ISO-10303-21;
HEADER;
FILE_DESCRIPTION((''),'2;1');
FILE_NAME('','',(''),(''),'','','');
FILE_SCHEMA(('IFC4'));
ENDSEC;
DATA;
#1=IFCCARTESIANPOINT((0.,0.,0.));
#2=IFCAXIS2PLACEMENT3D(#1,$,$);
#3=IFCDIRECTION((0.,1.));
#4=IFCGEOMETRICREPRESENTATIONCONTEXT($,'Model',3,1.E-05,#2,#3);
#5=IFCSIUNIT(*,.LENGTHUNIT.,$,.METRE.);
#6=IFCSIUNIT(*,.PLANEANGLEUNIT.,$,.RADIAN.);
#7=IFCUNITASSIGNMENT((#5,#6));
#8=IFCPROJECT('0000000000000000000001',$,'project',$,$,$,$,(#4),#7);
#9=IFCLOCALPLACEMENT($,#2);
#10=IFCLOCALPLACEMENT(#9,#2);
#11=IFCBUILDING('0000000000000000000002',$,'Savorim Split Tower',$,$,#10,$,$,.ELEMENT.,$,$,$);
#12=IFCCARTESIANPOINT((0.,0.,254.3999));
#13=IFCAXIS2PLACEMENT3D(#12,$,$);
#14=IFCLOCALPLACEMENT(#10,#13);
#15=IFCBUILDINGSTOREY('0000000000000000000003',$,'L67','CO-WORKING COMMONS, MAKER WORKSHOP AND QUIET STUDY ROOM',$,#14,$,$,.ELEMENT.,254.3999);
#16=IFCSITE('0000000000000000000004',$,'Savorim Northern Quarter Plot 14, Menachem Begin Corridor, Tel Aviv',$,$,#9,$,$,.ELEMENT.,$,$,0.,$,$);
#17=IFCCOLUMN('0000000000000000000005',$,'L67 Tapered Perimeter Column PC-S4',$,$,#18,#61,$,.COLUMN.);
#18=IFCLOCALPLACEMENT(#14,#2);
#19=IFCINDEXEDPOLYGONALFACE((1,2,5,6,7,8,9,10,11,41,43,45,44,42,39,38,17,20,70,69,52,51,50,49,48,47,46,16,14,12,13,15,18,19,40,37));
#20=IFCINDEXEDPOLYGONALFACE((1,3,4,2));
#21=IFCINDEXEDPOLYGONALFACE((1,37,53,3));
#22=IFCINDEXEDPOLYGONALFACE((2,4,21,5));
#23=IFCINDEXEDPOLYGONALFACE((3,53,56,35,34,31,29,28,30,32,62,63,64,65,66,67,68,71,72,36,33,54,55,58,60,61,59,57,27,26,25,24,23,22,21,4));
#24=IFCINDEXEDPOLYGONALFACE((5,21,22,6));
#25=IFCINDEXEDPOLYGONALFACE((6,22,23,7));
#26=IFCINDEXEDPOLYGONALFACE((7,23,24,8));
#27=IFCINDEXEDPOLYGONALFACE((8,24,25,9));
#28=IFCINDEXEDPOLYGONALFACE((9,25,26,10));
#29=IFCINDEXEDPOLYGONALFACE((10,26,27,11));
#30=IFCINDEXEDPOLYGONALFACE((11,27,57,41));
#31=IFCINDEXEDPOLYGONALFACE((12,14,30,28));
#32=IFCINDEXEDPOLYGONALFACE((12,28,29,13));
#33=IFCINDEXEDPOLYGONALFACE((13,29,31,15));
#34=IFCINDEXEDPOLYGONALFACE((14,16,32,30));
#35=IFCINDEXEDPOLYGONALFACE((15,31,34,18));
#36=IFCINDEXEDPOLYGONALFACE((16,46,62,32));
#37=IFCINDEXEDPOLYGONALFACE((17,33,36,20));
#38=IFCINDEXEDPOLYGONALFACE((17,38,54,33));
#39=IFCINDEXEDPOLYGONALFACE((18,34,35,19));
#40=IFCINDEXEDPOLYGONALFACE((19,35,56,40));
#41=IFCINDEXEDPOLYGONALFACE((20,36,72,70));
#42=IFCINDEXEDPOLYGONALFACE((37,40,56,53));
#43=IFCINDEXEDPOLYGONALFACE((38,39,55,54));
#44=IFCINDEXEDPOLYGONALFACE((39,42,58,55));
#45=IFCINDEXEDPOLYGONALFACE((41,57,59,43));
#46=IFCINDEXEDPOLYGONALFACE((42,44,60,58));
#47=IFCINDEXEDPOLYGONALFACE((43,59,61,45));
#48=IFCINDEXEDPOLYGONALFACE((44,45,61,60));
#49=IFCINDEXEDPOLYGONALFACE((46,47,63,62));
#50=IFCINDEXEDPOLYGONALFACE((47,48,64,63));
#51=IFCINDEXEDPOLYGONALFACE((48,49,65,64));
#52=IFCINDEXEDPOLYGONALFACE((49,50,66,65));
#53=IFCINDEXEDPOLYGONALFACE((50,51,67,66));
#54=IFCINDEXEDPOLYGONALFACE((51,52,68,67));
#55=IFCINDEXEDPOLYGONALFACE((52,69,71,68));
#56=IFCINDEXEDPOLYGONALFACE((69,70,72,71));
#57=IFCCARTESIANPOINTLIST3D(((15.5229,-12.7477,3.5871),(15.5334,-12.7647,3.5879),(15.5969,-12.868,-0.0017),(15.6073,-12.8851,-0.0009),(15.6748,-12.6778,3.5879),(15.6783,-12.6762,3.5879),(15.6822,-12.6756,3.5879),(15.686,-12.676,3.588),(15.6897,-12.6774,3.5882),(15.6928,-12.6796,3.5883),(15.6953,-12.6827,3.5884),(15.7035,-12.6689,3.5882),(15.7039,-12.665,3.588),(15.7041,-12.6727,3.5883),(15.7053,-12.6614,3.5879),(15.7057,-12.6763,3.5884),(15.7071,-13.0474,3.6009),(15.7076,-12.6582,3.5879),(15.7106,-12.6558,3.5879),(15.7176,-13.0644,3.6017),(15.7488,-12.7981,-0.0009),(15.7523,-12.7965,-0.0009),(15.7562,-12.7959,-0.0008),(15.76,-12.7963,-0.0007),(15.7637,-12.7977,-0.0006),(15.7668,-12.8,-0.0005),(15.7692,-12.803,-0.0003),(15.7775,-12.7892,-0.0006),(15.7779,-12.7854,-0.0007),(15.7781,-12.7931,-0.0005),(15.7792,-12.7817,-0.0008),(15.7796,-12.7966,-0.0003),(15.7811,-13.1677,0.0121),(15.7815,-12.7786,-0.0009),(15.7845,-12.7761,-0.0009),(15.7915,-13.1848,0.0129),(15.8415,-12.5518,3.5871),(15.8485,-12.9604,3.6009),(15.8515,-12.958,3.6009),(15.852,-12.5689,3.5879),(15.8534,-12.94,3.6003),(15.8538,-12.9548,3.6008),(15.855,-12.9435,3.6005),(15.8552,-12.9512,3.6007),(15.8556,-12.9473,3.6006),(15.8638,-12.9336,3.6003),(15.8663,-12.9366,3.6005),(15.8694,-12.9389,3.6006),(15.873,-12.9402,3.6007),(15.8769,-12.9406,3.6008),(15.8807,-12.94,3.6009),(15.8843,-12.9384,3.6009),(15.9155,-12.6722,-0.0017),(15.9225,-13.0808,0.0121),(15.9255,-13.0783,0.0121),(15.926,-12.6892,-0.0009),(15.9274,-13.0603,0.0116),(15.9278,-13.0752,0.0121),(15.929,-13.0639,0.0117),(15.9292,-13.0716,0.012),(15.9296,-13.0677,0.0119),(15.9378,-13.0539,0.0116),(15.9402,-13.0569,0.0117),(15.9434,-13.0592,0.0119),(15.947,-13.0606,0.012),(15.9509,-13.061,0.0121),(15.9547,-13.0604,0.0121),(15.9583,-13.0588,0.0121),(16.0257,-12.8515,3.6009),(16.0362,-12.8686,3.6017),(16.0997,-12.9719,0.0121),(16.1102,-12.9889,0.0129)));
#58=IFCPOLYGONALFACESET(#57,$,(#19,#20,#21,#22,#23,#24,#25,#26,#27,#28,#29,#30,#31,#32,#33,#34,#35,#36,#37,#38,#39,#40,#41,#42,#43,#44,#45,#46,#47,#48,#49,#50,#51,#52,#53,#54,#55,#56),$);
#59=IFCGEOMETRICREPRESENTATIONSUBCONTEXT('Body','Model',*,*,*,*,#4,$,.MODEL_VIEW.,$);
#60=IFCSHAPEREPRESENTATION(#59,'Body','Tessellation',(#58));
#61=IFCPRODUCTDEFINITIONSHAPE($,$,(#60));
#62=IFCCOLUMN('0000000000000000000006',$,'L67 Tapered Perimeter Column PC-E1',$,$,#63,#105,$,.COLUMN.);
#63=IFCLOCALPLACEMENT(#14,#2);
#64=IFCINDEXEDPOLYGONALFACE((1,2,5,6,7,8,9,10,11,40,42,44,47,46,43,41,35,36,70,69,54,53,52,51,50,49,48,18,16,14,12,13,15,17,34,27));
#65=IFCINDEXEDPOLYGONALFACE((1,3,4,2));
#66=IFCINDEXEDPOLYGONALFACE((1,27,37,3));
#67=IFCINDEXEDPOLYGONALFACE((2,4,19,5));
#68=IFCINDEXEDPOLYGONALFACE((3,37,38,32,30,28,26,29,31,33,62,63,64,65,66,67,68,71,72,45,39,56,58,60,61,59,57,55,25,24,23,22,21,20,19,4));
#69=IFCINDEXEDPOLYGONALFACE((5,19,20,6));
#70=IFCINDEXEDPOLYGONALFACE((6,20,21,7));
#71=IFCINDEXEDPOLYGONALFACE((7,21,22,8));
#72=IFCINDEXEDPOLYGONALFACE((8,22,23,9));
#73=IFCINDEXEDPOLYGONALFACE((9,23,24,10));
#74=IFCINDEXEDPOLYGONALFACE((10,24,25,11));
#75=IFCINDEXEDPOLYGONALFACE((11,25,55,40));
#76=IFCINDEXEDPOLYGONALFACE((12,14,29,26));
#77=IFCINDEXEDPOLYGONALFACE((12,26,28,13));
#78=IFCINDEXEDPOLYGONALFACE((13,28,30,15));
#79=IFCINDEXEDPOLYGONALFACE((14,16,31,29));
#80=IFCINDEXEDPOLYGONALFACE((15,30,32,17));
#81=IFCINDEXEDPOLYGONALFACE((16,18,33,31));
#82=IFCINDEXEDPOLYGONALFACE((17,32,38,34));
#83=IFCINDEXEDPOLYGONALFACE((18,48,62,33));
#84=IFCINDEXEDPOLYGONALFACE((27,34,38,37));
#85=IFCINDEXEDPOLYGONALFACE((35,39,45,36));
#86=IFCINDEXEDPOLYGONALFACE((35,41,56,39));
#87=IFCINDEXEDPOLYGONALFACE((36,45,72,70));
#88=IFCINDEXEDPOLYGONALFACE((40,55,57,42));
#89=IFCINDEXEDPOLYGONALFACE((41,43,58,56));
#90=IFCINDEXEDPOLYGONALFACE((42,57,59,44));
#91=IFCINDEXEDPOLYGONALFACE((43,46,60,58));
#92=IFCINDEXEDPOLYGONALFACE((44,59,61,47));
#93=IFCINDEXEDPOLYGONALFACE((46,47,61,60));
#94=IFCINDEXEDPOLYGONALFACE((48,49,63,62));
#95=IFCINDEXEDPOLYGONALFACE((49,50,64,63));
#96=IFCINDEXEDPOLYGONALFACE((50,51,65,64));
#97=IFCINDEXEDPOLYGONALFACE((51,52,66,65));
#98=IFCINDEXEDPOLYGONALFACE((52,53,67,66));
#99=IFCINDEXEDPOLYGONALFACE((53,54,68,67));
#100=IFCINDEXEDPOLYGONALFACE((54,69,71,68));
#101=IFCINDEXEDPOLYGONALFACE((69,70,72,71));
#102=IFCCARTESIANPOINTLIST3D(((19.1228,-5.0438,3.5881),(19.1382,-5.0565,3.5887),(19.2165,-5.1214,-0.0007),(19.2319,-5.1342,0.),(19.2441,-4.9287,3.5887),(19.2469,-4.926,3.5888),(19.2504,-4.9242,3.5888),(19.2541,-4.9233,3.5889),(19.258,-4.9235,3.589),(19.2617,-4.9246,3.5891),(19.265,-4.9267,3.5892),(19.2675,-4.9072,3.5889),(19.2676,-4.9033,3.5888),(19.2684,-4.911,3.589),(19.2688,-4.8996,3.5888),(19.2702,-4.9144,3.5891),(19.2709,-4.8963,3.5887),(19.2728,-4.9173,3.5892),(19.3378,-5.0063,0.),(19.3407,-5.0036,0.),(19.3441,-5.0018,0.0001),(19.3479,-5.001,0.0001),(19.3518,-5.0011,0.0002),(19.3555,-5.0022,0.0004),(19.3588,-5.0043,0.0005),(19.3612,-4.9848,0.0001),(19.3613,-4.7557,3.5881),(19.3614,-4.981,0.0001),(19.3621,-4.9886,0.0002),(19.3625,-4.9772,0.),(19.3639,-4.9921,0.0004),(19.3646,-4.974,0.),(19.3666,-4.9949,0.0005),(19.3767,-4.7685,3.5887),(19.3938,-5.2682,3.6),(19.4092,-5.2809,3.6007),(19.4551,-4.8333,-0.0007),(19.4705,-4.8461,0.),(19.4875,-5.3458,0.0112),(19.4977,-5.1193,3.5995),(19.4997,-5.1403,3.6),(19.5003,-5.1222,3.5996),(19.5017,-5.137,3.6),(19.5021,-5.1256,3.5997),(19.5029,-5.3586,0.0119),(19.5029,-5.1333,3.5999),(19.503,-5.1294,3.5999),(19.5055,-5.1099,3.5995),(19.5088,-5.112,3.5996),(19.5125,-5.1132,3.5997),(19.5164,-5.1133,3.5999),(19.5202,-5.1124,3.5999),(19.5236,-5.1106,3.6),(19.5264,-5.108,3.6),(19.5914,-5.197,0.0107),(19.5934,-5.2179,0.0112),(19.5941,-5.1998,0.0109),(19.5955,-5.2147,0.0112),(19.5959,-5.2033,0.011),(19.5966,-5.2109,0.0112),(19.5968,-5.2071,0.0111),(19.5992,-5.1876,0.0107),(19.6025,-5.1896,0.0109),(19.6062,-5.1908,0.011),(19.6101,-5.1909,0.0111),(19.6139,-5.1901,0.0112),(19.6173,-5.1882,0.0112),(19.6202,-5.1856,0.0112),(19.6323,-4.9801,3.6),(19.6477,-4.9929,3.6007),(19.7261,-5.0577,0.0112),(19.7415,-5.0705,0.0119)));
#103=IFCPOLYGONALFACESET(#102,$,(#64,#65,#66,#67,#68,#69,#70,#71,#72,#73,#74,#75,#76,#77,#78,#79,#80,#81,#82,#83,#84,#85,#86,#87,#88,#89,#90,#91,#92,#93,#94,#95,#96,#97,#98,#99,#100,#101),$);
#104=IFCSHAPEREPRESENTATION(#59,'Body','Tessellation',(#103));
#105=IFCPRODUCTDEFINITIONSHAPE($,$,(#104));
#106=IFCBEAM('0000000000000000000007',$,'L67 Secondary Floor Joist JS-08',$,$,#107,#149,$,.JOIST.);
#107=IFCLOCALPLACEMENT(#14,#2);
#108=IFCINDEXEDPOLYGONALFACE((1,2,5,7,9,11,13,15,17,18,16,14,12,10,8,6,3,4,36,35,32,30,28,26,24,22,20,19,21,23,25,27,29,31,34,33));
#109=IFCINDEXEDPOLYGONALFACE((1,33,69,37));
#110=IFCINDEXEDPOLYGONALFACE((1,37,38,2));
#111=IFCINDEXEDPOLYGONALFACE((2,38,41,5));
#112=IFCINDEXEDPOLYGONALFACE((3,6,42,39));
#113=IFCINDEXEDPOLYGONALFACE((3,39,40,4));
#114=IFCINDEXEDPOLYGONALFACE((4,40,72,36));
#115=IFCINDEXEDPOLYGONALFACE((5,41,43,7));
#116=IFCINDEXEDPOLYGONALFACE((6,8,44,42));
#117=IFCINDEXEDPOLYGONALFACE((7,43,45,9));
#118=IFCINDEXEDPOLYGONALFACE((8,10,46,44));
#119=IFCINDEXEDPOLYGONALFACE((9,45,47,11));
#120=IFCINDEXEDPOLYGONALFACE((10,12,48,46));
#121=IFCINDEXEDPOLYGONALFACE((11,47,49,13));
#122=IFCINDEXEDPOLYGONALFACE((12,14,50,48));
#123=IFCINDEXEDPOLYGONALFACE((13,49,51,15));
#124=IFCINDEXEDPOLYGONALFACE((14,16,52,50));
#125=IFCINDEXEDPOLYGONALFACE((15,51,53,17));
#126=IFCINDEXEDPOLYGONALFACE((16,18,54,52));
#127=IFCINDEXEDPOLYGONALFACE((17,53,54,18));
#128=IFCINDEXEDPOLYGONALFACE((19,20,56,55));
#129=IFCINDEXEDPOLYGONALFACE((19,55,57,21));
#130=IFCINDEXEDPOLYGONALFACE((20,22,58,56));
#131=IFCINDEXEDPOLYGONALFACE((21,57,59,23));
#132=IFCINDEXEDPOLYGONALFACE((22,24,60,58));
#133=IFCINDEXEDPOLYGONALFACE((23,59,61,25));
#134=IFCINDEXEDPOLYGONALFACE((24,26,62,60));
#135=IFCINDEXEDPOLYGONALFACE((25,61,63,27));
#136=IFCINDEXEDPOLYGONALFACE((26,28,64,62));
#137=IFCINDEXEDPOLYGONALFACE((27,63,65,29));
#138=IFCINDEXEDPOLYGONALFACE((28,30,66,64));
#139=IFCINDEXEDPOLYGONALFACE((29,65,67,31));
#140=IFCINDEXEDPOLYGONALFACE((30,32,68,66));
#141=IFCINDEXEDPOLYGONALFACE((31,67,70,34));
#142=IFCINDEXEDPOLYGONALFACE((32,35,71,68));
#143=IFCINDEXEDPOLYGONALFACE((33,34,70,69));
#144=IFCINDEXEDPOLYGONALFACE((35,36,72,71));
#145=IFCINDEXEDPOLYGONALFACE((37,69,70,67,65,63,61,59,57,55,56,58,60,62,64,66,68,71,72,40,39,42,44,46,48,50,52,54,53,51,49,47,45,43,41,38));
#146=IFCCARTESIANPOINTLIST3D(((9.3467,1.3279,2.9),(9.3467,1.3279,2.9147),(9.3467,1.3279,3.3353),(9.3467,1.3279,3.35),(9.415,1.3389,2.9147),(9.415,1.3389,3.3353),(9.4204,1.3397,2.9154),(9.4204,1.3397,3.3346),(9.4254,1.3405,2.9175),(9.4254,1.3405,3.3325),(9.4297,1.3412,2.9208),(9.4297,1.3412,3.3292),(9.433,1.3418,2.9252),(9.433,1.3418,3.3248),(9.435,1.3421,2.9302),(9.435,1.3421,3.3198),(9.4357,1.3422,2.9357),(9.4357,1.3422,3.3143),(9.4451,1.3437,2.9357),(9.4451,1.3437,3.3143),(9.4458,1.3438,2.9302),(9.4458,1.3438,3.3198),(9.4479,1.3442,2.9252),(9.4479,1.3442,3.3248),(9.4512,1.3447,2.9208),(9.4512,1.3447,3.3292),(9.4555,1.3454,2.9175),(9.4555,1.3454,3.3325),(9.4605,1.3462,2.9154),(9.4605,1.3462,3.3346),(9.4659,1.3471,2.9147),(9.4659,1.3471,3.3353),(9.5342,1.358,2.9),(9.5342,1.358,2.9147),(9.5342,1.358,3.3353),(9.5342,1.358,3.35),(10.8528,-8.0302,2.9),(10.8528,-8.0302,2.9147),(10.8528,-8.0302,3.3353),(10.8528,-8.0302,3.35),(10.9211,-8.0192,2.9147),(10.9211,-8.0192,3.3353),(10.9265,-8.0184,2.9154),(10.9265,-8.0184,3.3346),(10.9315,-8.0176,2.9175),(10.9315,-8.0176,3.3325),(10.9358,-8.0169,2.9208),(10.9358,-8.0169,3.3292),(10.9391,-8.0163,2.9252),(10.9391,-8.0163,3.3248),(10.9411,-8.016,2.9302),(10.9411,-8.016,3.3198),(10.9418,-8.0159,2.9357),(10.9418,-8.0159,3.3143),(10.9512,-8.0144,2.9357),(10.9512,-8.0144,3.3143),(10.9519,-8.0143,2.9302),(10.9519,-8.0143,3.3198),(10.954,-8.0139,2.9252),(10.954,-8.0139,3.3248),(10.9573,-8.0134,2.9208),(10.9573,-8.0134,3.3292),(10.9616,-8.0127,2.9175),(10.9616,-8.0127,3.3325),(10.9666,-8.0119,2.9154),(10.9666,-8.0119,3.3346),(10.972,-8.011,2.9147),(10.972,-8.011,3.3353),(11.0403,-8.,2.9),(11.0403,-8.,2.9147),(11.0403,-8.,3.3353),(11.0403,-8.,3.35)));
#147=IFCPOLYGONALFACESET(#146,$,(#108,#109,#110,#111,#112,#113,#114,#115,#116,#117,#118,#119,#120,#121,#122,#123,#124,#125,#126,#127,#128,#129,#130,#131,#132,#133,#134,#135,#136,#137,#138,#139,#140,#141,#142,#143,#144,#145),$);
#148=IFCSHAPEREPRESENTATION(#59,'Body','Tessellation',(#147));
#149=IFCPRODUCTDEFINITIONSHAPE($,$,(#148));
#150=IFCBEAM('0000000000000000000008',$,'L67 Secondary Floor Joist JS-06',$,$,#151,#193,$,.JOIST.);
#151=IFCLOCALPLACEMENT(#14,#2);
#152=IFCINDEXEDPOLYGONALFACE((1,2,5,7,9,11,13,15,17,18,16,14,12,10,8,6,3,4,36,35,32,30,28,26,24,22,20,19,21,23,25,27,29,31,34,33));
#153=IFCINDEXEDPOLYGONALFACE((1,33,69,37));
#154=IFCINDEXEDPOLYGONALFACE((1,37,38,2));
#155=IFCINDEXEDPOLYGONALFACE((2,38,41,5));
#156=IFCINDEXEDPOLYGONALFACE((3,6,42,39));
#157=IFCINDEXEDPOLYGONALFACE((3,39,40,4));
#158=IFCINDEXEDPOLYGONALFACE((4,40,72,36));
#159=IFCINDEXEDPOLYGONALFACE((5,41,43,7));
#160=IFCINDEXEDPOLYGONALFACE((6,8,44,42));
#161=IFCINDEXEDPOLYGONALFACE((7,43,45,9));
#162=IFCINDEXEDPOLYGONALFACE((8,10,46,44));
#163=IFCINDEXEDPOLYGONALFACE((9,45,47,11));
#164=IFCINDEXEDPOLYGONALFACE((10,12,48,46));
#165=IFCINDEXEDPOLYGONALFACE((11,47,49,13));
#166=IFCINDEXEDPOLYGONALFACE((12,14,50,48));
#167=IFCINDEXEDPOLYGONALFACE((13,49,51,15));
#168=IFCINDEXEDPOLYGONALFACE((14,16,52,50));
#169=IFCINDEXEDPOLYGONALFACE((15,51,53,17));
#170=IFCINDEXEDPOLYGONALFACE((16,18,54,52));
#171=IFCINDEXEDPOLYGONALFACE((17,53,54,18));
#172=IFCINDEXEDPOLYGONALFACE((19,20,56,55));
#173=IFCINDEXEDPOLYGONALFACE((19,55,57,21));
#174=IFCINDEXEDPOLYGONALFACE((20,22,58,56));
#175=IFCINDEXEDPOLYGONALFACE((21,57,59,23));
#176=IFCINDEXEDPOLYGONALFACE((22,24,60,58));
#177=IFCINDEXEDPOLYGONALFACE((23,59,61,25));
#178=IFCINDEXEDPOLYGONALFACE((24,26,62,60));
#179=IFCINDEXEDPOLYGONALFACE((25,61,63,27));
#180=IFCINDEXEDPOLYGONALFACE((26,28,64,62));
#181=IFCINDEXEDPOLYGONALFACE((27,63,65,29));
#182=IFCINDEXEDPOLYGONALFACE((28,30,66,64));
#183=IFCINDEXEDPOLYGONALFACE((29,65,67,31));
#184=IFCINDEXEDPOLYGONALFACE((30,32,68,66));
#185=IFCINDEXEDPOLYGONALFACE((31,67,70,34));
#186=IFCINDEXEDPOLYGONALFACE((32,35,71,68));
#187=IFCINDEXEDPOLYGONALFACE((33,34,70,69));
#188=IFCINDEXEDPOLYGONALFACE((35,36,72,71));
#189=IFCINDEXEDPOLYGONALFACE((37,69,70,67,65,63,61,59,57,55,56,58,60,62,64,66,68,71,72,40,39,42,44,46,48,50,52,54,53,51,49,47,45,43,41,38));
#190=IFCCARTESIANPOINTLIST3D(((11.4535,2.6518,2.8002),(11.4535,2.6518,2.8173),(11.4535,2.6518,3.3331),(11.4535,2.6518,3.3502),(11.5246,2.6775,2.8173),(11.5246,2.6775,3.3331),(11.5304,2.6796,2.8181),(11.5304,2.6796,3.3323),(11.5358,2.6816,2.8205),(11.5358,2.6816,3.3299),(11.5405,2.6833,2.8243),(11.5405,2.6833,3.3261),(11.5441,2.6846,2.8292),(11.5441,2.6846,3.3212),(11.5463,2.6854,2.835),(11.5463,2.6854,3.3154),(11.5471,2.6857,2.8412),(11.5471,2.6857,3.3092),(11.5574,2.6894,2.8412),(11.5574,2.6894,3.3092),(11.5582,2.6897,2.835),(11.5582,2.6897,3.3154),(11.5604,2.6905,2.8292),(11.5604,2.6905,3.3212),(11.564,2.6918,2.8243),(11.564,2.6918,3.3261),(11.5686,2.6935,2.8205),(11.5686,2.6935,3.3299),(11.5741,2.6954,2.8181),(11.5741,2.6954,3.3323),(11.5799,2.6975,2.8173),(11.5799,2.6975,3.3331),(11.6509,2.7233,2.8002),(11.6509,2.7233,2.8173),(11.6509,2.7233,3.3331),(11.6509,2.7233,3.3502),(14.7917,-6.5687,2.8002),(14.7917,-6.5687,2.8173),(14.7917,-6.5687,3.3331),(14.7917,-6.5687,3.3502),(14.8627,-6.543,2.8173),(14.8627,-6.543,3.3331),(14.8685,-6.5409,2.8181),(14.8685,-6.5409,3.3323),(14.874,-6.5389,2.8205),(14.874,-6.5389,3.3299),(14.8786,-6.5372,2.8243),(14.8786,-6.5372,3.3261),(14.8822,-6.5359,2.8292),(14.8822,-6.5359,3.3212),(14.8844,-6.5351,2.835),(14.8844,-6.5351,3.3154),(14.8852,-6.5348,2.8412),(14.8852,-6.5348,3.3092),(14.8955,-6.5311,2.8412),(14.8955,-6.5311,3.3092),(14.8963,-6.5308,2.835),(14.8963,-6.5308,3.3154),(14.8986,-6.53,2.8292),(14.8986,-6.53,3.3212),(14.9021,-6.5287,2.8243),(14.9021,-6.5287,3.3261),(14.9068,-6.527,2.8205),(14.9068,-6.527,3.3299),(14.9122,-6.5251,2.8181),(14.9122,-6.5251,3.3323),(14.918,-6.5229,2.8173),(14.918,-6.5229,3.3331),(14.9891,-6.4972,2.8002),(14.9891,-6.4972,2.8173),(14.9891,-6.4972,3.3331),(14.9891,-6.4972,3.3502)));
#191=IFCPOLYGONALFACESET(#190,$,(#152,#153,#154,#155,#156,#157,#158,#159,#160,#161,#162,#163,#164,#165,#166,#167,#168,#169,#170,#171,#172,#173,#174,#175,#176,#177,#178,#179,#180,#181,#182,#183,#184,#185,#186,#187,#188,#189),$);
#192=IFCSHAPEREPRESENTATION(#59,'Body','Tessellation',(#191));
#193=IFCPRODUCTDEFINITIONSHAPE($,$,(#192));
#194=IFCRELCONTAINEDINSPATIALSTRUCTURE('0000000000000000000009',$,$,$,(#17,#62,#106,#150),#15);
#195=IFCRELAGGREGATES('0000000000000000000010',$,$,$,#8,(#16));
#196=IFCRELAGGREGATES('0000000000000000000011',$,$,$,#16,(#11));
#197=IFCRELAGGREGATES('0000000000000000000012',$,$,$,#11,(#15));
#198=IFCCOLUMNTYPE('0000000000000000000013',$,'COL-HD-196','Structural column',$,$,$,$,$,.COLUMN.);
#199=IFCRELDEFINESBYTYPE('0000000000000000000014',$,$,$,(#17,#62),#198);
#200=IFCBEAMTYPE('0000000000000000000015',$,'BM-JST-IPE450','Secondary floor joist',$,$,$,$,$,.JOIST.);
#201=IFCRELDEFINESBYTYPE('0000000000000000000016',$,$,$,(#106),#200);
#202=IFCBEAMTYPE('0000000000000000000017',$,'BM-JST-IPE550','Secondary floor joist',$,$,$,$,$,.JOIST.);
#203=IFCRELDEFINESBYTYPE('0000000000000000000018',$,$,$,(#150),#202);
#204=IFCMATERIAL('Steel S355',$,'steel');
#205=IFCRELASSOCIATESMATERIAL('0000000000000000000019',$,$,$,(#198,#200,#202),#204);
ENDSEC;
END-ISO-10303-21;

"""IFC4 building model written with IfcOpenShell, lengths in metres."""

from ifc_helpers import new_model, si_unit, direction, frame, origin, origin_2d, place, context, subcontext, project, spatial, i_section, extrude, material, material_profile, profile_set, type_object, element, save


model = new_model("IFC4")

# Units and contexts
model_context = context("Model", 3, precision=1e-05, world=origin(), true_north=direction((0.0, 1.0)))
body_context = subcontext(model_context, "Body", "Model", "MODEL_VIEW")
ifc_project = project(units=[si_unit("LENGTHUNIT", "METRE"), si_unit("PLANEANGLEUNIT", "RADIAN")], contexts=[model_context])

# Site, building, storey
site_placement = place(None, origin())
site = spatial("IfcSite", under=ifc_project, at=site_placement, Name="Savorim Northern Quarter Plot 14, Menachem Begin Corridor, Tel Aviv", CompositionType="ELEMENT", RefElevation=0.0)
building_placement = place(site_placement, origin())
building = spatial("IfcBuilding", under=site, at=building_placement, Name="Savorim Split Tower", CompositionType="ELEMENT")
storey_placement = place(building_placement, frame((0.0, 0.0, 254.3999)))
storey = spatial("IfcBuildingStorey", under=building, at=storey_placement, Name="L67", Description="CO-WORKING COMMONS, MAKER WORKSHOP AND QUIET STUDY ROOM", CompositionType="ELEMENT", Elevation=254.3999)

# Columns
ifc_material_1 = material(Name="Steel S355", Category="steel")
ifc_material_profile_1 = material_profile(ifc_material_1, i_section(OverallWidth=0.374, OverallDepth=0.3721, WebThickness=0.0122, FlangeThickness=0.02, FilletRadius=0.0149, at=origin_2d()), Name="HD 360x196")
ifc_profile_set_1 = profile_set([ifc_material_profile_1], Name="Steel S355")
column_type = type_object("IfcColumnType", Name="COL-HD-196", Description="Structural column", PredefinedType="COLUMN", material=ifc_profile_set_1)
column_1_placement = place(storey_placement, frame((15.8535, -12.9285, 0.0056), z_axis=(-0.020596, 0.033511, 0.999226), x_axis=(-0.851955, -0.523615, 0.0)))
element("IfcColumn", 1, at=column_1_placement, inside=storey, type_object=column_type, Name="L67 Tapered Perimeter Column PC-S4", PredefinedType="COLUMN", context=body_context, shape_type="SweptSolid", body=[
    extrude(i_section(OverallWidth=0.374, OverallDepth=0.3721, WebThickness=0.0122, FlangeThickness=0.02, FilletRadius=0.0149, at=origin_2d()), origin(), (0.0, 0.0, 1.0), 3.5916),
])
column_2_placement = place(storey_placement, frame((19.479, -5.0959, 0.0056), z_axis=(-0.026107, 0.02162, 0.999425), x_axis=(-0.637814, -0.77019, 0.0)))
element("IfcColumn", 2, at=column_2_placement, inside=storey, type_object=column_type, Name="L67 Tapered Perimeter Column PC-E1", PredefinedType="COLUMN", context=body_context, shape_type="SweptSolid", body=[
    extrude(i_section(OverallWidth=0.374, OverallDepth=0.3721, WebThickness=0.0122, FlangeThickness=0.02, FilletRadius=0.0149, at=origin_2d()), origin(), (0.0, 0.0, 1.0), 3.5908),
])

# Beams
ifc_material_profile_2 = material_profile(ifc_material_1, i_section(OverallWidth=0.1899, OverallDepth=0.45, WebThickness=0.0095, FlangeThickness=0.0146, FilletRadius=0.021, at=origin_2d()), Name="IPE 450")
ifc_profile_set_2 = profile_set([ifc_material_profile_2], Name="Steel S355")
beam_type_1 = type_object("IfcBeamType", Name="BM-JST-IPE450", Description="Secondary floor joist", PredefinedType="JOIST", material=ifc_profile_set_2)
beam_1_placement = place(storey_placement, frame((10.9465, -8.0151, 3.125), z_axis=(-0.158896, 0.987295, 0.0), x_axis=(-0.987295, -0.158896, 0.0)))
element("IfcBeam", 3, at=beam_1_placement, inside=storey, type_object=beam_type_1, Name="L67 Secondary Floor Joist JS-08", PredefinedType="JOIST", context=body_context, shape_type="SweptSolid", body=[
    extrude(i_section(OverallWidth=0.1899, OverallDepth=0.45, WebThickness=0.0095, FlangeThickness=0.0146, FilletRadius=0.021, at=origin_2d()), origin(), (0.0, 0.0, 1.0), 9.4785),
])
ifc_material_profile_3 = material_profile(ifc_material_1, i_section(OverallWidth=0.21, OverallDepth=0.55, WebThickness=0.011, FlangeThickness=0.0171, FilletRadius=0.0239, at=origin_2d()), Name="IPE 550")
ifc_profile_set_3 = profile_set([ifc_material_profile_3], Name="Steel S355")
beam_type_2 = type_object("IfcBeamType", Name="BM-JST-IPE550", Description="Secondary floor joist", PredefinedType="JOIST", material=ifc_profile_set_3)
beam_2_placement = place(storey_placement, frame((14.8904, -6.533, 3.0752), z_axis=(-0.340413, 0.940276, 0.0), x_axis=(-0.940276, -0.340413, 0.0)))
element("IfcBeam", 4, at=beam_2_placement, inside=storey, type_object=beam_type_2, Name="L67 Secondary Floor Joist JS-06", PredefinedType="JOIST", context=body_context, shape_type="SweptSolid", body=[
    extrude(i_section(OverallWidth=0.21, OverallDepth=0.55, WebThickness=0.011, FlangeThickness=0.0171, FilletRadius=0.0239, at=origin_2d()), origin(), (0.0, 0.0, 1.0), 9.8062),
])

save(model, "model.ifc")
